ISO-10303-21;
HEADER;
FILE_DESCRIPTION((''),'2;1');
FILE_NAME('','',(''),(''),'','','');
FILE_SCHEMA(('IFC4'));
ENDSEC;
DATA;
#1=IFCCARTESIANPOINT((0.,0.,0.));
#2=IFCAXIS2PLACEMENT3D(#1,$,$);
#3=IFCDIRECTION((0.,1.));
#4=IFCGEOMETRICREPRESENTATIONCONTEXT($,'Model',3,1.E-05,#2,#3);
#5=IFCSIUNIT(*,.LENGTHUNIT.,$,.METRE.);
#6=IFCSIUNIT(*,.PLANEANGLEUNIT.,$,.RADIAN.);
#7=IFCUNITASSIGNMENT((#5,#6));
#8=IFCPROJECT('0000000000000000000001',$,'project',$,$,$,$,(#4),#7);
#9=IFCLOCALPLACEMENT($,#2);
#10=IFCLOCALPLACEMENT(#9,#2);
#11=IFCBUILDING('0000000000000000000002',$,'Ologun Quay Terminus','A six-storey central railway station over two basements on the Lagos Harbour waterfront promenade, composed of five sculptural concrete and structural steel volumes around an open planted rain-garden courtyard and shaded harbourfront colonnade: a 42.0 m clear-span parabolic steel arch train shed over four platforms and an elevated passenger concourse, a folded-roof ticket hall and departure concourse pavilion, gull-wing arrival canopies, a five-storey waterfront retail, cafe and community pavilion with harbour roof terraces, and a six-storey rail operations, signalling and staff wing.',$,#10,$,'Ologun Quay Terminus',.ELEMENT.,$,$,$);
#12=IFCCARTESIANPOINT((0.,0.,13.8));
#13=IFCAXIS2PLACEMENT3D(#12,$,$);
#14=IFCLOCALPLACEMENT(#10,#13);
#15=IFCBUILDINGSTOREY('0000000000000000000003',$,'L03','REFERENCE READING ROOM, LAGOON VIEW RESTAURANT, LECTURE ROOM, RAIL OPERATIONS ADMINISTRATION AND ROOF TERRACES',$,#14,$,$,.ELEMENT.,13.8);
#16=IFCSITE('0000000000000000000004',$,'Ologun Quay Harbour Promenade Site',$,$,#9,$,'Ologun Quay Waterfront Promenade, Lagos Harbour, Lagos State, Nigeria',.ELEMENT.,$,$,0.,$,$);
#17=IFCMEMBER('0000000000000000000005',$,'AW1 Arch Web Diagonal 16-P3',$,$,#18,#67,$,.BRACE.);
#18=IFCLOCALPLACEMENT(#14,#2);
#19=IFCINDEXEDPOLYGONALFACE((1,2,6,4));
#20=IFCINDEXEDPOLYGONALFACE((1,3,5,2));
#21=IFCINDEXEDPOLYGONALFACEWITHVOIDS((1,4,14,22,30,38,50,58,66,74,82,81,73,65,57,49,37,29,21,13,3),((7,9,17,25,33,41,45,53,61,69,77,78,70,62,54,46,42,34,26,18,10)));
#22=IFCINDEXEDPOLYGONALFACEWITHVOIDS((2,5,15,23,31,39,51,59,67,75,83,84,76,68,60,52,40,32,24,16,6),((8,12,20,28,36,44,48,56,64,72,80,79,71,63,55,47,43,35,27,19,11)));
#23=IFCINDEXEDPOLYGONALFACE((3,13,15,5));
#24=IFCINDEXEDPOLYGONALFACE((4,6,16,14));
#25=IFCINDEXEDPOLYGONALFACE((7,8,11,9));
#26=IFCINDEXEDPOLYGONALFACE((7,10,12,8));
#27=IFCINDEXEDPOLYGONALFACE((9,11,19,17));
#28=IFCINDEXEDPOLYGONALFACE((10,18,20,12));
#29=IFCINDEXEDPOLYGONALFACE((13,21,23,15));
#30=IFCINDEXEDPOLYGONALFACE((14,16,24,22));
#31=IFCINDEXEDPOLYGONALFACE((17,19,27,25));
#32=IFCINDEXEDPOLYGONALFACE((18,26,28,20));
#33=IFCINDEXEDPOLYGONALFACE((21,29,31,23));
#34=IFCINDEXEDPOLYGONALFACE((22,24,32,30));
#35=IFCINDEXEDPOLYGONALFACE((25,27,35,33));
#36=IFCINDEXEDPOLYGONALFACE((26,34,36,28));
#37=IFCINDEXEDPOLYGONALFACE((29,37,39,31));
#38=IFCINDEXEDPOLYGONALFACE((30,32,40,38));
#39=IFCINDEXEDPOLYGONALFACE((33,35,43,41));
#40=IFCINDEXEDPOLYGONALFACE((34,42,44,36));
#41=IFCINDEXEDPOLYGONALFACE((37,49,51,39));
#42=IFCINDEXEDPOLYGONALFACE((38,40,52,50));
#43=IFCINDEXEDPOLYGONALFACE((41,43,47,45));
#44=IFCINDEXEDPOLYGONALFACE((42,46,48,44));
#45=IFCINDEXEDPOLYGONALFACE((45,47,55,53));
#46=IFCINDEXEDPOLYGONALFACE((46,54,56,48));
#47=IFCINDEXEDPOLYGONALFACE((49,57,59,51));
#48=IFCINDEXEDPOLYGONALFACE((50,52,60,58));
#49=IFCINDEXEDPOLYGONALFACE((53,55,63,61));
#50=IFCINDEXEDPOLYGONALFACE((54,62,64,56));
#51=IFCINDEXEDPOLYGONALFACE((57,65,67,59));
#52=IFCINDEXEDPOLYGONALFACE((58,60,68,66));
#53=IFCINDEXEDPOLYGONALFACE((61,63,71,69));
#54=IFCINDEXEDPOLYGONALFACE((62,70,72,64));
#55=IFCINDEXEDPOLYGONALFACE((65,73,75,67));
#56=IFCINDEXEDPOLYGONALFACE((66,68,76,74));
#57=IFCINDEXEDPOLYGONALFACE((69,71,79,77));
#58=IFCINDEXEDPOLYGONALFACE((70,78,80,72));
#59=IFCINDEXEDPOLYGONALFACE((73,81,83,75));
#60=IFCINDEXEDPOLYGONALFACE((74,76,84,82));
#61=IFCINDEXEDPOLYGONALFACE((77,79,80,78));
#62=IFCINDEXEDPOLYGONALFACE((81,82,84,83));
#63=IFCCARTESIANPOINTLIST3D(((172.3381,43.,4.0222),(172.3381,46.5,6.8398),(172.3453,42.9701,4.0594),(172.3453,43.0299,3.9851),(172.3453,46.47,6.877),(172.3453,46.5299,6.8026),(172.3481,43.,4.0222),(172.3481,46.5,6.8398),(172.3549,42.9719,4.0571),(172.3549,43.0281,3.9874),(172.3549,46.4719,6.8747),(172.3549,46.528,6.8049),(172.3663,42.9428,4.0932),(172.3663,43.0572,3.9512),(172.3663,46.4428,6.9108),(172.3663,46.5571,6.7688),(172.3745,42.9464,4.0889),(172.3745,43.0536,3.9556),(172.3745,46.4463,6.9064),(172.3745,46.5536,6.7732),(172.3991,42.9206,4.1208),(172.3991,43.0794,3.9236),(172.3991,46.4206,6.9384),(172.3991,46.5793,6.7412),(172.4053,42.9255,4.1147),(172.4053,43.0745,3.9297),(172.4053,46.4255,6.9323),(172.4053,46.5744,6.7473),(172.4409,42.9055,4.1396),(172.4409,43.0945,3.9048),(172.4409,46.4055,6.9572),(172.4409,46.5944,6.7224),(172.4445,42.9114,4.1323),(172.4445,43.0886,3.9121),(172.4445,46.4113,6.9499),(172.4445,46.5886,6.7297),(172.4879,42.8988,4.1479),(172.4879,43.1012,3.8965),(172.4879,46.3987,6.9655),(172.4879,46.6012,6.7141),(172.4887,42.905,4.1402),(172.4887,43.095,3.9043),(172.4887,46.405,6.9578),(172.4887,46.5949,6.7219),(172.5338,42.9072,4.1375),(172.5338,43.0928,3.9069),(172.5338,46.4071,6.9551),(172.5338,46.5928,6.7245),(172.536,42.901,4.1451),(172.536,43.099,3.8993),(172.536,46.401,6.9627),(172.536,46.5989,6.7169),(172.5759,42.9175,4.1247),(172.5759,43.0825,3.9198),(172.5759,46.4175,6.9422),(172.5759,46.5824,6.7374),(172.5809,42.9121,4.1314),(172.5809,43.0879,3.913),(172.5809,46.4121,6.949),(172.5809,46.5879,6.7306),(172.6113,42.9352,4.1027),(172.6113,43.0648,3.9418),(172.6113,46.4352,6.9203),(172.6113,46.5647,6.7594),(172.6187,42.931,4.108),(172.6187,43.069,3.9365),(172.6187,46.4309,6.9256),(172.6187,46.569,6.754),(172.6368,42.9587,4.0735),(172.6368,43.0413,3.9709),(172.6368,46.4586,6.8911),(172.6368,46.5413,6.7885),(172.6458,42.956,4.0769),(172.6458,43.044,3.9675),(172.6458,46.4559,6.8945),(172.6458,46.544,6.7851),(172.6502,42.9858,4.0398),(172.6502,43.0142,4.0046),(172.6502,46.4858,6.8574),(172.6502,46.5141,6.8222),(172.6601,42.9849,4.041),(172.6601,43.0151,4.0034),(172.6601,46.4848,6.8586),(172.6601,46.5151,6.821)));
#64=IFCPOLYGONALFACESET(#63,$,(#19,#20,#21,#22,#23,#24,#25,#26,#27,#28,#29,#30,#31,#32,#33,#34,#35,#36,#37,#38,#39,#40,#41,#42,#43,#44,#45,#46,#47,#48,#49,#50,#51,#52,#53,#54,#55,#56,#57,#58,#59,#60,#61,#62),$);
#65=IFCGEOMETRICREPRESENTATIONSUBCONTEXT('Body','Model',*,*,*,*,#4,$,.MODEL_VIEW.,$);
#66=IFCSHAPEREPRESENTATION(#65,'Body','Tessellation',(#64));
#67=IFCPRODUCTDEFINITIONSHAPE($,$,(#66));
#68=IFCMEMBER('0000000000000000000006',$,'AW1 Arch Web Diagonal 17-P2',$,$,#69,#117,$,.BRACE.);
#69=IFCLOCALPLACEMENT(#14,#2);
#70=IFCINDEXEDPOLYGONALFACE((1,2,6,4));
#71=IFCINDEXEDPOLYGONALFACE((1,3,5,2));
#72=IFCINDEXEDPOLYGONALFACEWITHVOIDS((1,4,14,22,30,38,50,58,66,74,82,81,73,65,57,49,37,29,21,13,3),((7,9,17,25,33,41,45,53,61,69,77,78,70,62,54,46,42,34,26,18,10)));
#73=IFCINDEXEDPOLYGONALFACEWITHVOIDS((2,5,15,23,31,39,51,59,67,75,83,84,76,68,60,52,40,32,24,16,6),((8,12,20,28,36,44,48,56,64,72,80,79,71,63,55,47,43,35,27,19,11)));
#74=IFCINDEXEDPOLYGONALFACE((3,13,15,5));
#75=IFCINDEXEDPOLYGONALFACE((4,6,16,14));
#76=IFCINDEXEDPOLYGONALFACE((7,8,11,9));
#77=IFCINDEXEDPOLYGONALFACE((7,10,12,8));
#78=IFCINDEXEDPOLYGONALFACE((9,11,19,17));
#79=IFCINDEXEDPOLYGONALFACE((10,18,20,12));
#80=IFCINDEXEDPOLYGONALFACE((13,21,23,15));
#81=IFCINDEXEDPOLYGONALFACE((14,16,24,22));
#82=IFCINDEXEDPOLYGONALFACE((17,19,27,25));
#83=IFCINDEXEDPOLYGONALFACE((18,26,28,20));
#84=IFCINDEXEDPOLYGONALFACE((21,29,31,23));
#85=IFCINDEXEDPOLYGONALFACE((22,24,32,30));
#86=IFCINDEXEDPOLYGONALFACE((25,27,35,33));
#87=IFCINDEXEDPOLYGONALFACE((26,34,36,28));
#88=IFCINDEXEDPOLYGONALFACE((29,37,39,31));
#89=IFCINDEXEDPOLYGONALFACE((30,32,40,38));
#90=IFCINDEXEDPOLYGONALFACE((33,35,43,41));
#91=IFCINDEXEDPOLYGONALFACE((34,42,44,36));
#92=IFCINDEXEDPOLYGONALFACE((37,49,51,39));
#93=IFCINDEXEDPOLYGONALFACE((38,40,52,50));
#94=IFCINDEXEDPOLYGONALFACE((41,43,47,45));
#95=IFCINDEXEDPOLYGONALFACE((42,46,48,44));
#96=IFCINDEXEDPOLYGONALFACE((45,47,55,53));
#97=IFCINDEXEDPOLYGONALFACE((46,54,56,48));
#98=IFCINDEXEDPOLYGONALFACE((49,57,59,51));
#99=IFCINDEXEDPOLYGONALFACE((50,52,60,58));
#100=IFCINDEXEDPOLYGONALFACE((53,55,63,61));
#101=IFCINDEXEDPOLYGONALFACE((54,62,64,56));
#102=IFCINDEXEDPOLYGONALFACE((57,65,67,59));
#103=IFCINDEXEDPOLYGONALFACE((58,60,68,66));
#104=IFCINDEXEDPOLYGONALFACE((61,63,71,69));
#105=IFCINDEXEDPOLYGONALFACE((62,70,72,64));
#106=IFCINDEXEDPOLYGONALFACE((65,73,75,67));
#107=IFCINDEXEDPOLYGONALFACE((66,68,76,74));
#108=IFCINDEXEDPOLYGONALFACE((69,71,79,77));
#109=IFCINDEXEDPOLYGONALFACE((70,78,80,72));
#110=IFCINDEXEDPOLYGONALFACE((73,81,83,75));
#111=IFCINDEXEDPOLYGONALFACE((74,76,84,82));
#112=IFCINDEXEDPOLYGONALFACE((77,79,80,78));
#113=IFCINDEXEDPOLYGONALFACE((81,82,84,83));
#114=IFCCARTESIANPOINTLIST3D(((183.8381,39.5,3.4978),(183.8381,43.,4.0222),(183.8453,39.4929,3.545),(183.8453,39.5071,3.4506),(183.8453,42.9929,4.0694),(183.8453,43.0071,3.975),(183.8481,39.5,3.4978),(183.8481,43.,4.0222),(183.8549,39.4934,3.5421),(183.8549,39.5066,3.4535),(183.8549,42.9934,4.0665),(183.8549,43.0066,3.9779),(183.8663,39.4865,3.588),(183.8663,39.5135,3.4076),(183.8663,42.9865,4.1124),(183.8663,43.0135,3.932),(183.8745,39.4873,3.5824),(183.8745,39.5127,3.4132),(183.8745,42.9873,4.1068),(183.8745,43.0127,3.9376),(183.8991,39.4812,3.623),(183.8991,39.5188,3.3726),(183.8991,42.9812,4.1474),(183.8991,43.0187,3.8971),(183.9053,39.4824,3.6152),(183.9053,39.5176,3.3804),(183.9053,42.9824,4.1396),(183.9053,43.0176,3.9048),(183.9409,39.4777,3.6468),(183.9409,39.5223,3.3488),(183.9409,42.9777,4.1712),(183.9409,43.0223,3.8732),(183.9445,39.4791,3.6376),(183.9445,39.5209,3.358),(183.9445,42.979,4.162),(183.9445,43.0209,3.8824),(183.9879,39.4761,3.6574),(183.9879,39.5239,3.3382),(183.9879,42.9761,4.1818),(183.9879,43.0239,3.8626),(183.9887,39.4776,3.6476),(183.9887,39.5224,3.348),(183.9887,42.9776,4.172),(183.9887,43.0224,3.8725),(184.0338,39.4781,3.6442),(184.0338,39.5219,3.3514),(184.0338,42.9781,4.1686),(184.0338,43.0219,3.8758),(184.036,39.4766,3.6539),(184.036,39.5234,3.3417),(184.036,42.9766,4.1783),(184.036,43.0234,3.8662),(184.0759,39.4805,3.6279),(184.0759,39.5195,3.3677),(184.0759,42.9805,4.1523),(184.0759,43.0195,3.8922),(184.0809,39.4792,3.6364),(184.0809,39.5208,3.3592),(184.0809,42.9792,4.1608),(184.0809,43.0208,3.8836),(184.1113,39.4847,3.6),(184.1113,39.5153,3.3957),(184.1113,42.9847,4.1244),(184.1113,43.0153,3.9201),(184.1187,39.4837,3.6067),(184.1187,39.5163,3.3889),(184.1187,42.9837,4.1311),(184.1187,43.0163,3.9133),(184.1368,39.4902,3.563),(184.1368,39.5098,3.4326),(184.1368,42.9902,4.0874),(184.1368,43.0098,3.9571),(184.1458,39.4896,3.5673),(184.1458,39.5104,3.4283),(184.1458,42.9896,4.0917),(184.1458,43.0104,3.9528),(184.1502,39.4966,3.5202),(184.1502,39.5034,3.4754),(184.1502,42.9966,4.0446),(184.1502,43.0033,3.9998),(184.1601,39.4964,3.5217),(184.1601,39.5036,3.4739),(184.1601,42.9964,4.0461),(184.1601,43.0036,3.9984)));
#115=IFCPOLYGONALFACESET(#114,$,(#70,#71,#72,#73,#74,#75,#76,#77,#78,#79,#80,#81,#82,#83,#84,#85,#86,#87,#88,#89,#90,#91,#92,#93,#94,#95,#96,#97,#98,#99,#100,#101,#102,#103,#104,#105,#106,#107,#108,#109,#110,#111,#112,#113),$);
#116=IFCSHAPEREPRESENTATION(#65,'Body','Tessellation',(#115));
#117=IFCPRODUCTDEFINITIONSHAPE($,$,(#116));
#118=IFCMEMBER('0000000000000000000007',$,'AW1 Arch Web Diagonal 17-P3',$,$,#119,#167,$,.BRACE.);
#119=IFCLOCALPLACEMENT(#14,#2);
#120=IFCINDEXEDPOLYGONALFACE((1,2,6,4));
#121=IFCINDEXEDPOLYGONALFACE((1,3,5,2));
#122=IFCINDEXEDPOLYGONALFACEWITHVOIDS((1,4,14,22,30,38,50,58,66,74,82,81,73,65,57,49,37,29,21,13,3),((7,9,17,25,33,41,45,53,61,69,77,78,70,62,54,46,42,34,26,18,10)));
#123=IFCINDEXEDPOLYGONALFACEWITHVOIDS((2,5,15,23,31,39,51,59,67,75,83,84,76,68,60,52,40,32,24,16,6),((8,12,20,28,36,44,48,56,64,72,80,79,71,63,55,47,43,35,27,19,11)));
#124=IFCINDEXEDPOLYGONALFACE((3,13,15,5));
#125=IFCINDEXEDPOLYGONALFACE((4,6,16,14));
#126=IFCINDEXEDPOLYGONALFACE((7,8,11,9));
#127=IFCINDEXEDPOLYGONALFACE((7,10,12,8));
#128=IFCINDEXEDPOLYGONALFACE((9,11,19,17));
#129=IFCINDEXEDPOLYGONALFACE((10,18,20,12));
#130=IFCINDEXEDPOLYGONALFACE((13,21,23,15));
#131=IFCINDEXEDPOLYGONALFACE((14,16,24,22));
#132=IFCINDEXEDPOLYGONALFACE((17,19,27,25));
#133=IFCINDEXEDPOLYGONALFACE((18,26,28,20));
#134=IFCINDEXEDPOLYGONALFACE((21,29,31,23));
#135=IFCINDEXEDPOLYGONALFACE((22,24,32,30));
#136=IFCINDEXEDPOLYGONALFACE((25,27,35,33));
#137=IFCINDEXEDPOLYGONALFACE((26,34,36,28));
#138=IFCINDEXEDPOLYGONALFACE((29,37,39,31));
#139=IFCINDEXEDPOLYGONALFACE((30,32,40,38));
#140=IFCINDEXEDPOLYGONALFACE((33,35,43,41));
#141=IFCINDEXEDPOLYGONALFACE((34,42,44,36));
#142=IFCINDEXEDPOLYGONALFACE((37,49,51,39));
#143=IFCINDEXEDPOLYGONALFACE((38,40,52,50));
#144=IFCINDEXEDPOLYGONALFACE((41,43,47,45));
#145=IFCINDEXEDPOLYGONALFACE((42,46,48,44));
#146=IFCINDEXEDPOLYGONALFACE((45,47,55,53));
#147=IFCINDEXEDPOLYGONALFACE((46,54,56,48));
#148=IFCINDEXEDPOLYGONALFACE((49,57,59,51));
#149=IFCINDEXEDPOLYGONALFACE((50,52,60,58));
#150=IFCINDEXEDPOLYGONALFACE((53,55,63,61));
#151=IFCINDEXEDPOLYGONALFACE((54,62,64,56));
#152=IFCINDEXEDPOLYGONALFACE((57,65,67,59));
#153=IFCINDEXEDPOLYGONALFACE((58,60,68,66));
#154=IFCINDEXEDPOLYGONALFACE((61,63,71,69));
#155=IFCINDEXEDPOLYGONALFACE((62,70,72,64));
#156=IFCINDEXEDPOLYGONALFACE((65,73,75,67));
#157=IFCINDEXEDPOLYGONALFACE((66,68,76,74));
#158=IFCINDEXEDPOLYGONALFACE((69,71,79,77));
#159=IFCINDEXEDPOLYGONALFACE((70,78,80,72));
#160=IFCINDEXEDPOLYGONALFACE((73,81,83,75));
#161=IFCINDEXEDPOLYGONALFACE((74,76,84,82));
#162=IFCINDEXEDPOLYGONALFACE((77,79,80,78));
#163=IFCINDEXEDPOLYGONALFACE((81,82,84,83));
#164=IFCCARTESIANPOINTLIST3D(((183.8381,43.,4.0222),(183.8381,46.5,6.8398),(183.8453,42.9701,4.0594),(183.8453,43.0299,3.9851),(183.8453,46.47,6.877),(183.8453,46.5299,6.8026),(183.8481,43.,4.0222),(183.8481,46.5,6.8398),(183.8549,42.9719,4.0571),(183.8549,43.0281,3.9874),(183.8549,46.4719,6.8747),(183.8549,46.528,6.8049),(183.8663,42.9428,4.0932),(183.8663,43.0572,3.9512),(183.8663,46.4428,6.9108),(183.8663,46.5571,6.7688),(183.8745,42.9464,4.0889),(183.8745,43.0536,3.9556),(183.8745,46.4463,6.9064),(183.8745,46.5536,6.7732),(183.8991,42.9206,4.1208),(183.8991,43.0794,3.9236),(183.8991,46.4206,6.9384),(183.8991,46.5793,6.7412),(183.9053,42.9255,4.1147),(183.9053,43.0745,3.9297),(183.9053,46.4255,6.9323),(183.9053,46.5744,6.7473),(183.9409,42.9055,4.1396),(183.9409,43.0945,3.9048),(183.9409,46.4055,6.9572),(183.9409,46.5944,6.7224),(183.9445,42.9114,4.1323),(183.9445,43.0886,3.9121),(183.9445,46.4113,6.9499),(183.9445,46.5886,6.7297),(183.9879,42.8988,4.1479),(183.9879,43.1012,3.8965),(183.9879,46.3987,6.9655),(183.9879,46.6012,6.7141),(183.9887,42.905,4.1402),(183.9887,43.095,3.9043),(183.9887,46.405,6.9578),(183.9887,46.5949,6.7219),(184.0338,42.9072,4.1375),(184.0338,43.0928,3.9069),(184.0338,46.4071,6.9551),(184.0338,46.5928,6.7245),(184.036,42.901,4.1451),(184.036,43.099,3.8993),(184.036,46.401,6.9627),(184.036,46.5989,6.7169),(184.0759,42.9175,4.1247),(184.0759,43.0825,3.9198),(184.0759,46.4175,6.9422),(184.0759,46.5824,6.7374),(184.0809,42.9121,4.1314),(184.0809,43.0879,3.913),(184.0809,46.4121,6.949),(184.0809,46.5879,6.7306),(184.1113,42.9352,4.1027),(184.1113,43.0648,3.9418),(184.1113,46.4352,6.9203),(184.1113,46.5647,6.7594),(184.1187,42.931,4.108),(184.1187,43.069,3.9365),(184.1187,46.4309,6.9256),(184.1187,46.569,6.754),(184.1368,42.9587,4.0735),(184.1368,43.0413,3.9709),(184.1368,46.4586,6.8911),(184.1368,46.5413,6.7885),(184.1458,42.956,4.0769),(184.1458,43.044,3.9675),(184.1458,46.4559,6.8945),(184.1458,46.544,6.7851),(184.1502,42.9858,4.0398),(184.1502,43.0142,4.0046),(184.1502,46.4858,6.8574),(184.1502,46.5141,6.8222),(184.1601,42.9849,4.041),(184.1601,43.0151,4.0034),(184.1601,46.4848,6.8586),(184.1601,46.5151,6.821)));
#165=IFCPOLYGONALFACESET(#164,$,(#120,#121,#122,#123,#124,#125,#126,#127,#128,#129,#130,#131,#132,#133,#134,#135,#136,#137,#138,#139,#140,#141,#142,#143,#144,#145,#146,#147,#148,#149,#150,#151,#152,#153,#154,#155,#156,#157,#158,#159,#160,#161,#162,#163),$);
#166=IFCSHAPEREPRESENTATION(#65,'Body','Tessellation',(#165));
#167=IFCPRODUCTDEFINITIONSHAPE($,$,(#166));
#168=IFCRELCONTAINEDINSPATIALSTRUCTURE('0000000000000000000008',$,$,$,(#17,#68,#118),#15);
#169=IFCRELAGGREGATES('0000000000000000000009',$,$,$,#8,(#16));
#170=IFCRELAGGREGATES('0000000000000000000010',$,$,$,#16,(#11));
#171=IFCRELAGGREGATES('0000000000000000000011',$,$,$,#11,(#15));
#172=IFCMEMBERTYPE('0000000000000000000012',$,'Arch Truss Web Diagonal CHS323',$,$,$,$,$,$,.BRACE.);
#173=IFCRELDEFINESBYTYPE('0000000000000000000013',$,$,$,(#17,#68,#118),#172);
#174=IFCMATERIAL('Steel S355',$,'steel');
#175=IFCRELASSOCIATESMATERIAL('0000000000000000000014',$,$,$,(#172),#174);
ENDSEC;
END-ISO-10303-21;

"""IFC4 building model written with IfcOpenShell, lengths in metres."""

from ifc_helpers import new_model, si_unit, direction, frame, origin, origin_2d, place, context, subcontext, project, spatial, hollow_circle, extrude, material, material_profile, profile_set, type_object, element, save


model = new_model("IFC4")

# Units and contexts
model_context = context("Model", 3, precision=1e-05, world=origin(), true_north=direction((0.0, 1.0)))
body_context = subcontext(model_context, "Body", "Model", "MODEL_VIEW")
ifc_project = project(units=[si_unit("LENGTHUNIT", "METRE"), si_unit("PLANEANGLEUNIT", "RADIAN")], contexts=[model_context])

# Site, building, storey
site_placement = place(None, origin())
site = spatial("IfcSite", under=ifc_project, at=site_placement, Name="Ologun Quay Harbour Promenade Site", LongName="Ologun Quay Waterfront Promenade, Lagos Harbour, Lagos State, Nigeria", CompositionType="ELEMENT", RefElevation=0.0)
building_placement = place(site_placement, origin())
building = spatial("IfcBuilding", under=site, at=building_placement, Name="Ologun Quay Terminus", Description="A six-storey central railway station over two basements on the Lagos Harbour waterfront promenade, composed of five sculptural concrete and structural steel volumes around an open planted rain-garden courtyard and shaded harbourfront colonnade: a 42.0 m clear-span parabolic steel arch train shed over four platforms and an elevated passenger concourse, a folded-roof ticket hall and departure concourse pavilion, gull-wing arrival canopies, a five-storey waterfront retail, cafe and community pavilion with harbour roof terraces, and a six-storey rail operations, signalling and staff wing.", LongName="Ologun Quay Terminus", CompositionType="ELEMENT")
storey_placement = place(building_placement, frame((0.0, 0.0, 13.8)))
storey = spatial("IfcBuildingStorey", under=building, at=storey_placement, Name="L03", Description="REFERENCE READING ROOM, LAGOON VIEW RESTAURANT, LECTURE ROOM, RAIL OPERATIONS ADMINISTRATION AND ROOF TERRACES", CompositionType="ELEMENT", Elevation=13.8)

# Members
ifc_material_1 = material(Name="Steel S355", Category="steel")
ifc_material_profile_1 = material_profile(ifc_material_1, hollow_circle(Radius=0.1619, WallThickness=0.01, at=origin_2d()), Name="CHS 323.9x10")
ifc_profile_set_1 = profile_set([ifc_material_profile_1], Name="Steel S355")
member_type_1 = type_object("IfcMemberType", Name="Arch Truss Web Diagonal CHS323", PredefinedType="BRACE", material=ifc_profile_set_1)
member_1_placement = place(storey_placement, frame((172.5, 43.0, 4.0222), z_axis=(0.0, 0.778951, 0.627084), x_axis=(-1.0, 0.0, 0.0)))
element("IfcMember", 1, at=member_1_placement, inside=storey, type_object=member_type_1, Name="AW1 Arch Web Diagonal 16-P3", PredefinedType="BRACE", context=body_context, shape_type="SweptSolid", body=[
    extrude(hollow_circle(Radius=0.1619, WallThickness=0.01, at=origin_2d()), origin(), (0.0, 0.0, 1.0), 4.4932),
])
member_2_placement = place(storey_placement, frame((184.0, 39.5, 3.4978), z_axis=(0.0, 0.988961, 0.148179), x_axis=(-1.0, 0.0, 0.0)))
element("IfcMember", 2, at=member_2_placement, inside=storey, type_object=member_type_1, Name="AW1 Arch Web Diagonal 17-P2", PredefinedType="BRACE", context=body_context, shape_type="SweptSolid", body=[
    extrude(hollow_circle(Radius=0.1619, WallThickness=0.01, at=origin_2d()), origin(), (0.0, 0.0, 1.0), 3.5391),
])
member_3_placement = place(storey_placement, frame((184.0, 43.0, 4.0222), z_axis=(0.0, 0.778951, 0.627084), x_axis=(-1.0, 0.0, 0.0)))
element("IfcMember", 3, at=member_3_placement, inside=storey, type_object=member_type_1, Name="AW1 Arch Web Diagonal 17-P3", PredefinedType="BRACE", context=body_context, shape_type="SweptSolid", body=[
    extrude(hollow_circle(Radius=0.1619, WallThickness=0.01, at=origin_2d()), origin(), (0.0, 0.0, 1.0), 4.4932),
])

save(model, "model.ifc")
